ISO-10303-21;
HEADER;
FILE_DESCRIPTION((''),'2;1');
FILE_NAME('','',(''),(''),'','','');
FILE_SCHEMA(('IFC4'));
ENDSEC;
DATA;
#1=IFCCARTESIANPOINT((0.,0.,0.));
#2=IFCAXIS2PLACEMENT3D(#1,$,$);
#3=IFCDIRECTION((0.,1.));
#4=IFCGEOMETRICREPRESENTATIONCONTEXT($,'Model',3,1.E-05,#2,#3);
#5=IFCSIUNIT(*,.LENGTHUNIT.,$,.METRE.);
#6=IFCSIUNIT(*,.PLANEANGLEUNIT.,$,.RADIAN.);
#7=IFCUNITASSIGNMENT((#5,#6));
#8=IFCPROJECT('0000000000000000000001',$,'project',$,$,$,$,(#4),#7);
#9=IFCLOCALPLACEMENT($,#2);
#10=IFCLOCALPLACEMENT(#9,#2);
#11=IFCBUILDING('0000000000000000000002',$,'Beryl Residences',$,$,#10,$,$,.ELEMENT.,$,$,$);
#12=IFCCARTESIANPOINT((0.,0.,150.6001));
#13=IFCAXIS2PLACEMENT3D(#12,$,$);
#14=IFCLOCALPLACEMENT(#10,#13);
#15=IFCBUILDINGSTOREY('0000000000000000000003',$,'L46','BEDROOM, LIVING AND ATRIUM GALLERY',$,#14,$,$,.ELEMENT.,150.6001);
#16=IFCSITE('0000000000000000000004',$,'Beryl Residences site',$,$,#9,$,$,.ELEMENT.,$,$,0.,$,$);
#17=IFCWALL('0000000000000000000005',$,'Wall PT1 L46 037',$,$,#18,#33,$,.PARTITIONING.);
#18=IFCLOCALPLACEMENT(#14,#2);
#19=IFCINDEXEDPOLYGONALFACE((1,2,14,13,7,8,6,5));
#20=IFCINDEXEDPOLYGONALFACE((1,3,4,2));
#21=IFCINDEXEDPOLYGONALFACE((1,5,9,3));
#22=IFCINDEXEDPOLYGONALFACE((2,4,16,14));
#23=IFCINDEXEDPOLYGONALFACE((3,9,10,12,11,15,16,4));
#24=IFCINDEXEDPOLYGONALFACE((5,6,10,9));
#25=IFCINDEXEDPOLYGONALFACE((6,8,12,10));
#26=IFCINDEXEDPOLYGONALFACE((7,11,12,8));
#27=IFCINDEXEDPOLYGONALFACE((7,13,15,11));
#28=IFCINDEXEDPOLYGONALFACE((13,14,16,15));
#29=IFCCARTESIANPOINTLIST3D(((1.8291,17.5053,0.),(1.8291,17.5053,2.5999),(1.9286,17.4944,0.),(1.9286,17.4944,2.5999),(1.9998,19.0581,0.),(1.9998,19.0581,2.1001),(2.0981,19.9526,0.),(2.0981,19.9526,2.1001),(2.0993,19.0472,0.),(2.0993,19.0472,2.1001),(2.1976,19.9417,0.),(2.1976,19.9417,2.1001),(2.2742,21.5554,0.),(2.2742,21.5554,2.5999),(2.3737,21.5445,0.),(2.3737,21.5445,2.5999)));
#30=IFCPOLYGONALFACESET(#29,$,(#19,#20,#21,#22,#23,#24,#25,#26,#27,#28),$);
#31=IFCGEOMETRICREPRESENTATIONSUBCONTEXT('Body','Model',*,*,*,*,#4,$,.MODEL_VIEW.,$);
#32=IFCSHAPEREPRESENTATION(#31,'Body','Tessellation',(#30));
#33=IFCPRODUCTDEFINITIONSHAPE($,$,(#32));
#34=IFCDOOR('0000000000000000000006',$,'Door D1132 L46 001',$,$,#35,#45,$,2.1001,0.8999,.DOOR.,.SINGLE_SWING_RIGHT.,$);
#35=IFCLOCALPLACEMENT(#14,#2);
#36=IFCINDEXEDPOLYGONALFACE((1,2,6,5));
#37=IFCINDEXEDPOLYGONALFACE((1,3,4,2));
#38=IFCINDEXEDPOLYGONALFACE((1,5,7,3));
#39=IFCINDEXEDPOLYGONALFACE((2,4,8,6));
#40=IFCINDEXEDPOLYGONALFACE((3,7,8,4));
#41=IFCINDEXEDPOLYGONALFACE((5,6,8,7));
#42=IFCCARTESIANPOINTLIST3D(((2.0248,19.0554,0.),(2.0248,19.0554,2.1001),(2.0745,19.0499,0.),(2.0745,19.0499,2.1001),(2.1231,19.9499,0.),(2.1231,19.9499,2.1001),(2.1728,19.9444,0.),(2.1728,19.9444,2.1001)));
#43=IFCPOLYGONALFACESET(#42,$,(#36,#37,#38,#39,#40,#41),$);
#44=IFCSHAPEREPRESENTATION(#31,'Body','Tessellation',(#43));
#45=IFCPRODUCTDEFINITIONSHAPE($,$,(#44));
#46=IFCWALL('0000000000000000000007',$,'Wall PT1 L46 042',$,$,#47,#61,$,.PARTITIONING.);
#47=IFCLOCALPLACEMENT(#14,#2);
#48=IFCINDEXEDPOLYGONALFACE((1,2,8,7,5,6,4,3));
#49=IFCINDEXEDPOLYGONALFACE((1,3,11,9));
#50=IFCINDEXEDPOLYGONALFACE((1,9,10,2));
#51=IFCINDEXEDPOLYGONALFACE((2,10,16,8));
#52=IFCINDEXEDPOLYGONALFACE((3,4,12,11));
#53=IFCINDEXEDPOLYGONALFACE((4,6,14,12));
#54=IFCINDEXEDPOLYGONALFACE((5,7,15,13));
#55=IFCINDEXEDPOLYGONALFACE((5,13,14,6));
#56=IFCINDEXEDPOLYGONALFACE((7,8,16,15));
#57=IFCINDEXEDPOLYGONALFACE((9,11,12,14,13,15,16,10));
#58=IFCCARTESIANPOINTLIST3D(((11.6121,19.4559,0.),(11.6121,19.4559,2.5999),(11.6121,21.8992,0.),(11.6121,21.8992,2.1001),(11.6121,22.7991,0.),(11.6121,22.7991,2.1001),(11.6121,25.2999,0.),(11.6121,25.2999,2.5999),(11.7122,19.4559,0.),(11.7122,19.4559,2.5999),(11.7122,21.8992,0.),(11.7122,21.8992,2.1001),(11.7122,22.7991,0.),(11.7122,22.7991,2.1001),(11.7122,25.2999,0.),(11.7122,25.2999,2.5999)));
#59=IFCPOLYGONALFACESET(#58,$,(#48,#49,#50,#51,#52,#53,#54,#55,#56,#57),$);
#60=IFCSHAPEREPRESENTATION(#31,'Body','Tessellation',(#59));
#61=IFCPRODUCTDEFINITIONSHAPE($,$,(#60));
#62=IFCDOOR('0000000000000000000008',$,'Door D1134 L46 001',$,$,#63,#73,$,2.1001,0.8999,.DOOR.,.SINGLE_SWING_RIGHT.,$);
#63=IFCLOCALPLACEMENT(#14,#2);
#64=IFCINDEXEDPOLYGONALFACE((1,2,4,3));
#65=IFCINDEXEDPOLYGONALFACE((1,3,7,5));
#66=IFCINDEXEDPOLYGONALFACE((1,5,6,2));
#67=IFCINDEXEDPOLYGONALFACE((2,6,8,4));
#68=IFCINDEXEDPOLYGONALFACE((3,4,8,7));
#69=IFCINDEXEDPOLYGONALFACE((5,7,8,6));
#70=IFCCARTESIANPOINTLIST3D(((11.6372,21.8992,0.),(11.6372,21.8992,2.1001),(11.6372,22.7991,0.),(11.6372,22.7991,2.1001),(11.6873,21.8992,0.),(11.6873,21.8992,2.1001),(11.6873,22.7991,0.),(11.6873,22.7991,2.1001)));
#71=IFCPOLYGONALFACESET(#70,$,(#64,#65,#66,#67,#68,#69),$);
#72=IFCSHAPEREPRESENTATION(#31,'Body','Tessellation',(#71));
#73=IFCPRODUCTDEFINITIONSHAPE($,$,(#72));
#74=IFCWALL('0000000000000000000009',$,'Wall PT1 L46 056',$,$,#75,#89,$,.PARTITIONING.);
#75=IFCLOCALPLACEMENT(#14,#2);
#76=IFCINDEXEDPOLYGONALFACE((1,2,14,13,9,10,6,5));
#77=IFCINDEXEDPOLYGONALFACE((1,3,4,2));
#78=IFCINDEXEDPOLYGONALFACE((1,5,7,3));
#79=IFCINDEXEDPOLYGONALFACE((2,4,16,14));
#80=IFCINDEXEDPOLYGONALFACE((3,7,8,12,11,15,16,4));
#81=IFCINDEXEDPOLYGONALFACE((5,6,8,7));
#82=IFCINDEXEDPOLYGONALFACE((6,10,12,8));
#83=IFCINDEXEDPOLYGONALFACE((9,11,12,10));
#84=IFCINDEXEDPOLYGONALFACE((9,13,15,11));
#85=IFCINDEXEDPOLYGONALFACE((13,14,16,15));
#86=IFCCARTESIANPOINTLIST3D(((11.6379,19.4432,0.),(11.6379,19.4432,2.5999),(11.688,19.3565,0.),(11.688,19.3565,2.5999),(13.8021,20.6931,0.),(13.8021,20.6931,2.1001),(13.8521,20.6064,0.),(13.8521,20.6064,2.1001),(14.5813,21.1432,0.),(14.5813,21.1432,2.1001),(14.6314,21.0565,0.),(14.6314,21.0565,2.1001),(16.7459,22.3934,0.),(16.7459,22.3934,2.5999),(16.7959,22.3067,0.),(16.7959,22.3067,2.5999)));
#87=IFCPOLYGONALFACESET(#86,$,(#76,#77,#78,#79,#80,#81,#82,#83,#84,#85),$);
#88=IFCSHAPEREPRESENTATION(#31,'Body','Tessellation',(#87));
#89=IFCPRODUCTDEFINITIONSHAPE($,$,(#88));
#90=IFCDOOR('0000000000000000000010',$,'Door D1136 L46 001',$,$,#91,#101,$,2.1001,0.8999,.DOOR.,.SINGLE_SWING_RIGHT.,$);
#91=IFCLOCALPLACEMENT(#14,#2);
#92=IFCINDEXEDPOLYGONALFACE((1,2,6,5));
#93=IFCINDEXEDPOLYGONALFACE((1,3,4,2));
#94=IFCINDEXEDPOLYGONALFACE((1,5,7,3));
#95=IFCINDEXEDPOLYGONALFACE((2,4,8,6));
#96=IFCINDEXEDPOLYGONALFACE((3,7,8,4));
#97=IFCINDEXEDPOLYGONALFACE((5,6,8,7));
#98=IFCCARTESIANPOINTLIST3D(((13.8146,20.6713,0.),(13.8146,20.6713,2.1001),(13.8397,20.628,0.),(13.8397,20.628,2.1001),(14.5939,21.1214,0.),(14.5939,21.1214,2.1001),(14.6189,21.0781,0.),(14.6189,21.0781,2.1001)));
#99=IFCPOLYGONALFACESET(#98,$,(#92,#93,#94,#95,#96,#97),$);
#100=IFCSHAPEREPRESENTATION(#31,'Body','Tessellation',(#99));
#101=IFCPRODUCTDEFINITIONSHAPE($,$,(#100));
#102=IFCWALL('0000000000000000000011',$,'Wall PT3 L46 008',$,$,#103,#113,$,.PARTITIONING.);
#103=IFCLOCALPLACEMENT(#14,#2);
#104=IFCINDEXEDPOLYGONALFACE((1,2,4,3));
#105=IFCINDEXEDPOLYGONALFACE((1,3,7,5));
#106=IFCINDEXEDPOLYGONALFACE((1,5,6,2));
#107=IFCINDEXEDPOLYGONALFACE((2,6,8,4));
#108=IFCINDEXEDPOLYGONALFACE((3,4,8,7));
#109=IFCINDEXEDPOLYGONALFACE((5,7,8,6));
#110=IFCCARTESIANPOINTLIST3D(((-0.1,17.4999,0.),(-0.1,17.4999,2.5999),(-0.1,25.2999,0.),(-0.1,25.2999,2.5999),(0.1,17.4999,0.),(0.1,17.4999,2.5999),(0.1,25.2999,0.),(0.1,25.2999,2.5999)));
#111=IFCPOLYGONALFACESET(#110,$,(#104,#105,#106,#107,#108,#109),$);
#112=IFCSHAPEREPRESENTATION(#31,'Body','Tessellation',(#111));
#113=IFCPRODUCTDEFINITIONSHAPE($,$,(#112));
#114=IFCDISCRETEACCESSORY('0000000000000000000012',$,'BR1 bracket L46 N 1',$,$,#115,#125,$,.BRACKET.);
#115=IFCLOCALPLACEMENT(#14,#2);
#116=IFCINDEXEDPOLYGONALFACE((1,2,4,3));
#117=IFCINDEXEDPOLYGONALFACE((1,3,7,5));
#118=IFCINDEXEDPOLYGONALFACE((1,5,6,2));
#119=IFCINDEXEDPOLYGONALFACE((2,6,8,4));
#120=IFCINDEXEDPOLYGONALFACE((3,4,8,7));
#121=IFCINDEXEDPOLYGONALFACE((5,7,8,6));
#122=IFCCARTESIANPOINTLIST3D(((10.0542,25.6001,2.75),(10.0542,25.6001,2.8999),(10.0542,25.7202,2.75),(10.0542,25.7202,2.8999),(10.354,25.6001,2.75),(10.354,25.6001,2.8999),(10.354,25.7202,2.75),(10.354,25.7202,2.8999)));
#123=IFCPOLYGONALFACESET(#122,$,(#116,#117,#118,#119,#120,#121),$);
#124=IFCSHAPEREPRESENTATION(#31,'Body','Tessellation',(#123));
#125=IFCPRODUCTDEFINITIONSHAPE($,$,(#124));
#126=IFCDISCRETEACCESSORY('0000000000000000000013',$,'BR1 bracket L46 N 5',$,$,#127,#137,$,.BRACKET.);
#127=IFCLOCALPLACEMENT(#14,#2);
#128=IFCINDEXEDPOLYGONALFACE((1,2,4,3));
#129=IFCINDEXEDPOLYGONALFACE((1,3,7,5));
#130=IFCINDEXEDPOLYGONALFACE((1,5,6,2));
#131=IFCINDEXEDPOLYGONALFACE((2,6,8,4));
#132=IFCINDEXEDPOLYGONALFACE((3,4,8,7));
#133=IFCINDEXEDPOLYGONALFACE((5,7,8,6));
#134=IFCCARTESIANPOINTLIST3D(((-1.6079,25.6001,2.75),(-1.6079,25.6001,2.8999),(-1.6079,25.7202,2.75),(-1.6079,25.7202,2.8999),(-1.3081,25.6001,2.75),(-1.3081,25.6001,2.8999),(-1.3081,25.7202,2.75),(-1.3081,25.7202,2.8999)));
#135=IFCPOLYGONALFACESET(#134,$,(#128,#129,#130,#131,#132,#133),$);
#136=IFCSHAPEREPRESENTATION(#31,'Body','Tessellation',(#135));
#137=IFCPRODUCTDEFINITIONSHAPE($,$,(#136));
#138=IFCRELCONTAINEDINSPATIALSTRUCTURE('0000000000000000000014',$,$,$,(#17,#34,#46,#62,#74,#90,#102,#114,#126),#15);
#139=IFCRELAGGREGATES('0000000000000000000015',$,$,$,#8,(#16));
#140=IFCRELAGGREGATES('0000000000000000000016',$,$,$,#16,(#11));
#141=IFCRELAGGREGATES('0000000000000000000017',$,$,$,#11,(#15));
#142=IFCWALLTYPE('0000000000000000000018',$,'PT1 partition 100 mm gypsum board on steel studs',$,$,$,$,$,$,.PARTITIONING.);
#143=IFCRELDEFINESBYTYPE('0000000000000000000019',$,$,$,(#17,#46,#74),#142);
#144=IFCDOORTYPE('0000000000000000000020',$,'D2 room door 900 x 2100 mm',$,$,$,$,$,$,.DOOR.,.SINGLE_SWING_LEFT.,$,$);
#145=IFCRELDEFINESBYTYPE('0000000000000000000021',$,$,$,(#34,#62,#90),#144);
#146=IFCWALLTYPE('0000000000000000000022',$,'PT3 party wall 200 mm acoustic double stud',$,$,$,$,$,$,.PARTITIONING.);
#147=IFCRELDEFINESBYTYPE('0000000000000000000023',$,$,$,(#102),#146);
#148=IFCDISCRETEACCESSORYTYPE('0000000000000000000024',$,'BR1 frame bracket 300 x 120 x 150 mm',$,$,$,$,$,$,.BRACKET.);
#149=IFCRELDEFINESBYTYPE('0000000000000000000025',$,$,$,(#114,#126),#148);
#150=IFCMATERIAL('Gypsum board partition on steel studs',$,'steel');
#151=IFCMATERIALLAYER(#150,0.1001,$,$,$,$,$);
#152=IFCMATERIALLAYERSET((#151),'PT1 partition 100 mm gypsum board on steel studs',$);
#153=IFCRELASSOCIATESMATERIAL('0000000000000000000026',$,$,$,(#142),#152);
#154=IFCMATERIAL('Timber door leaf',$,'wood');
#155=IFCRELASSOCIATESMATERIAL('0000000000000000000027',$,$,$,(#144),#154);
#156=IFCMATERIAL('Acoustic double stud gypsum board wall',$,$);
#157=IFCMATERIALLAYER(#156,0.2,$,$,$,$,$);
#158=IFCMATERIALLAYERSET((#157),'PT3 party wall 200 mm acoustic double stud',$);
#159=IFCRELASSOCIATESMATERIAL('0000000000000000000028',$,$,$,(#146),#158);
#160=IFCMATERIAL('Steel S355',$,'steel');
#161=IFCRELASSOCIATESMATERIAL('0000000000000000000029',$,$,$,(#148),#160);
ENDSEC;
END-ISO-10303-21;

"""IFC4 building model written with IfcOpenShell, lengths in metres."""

from ifc_helpers import new_model, si_unit, direction, frame, frame_2d, origin, place, context, subcontext, project, spatial, polyline, rectangle, outline, extrude, source, transform, mapped, material, layer, layer_set, type_object, type_shapes, element, fill, save


model = new_model("IFC4")

# Units and contexts
model_context = context("Model", 3, precision=1e-05, world=origin(), true_north=direction((0.0, 1.0)))
body_context = subcontext(model_context, "Body", "Model", "MODEL_VIEW")
ifc_project = project(units=[si_unit("LENGTHUNIT", "METRE"), si_unit("PLANEANGLEUNIT", "RADIAN")], contexts=[model_context])

# Site, building, storey
site_placement = place(None, origin())
site = spatial("IfcSite", under=ifc_project, at=site_placement, Name="Beryl Residences site", CompositionType="ELEMENT", RefElevation=0.0)
building_placement = place(site_placement, origin())
building = spatial("IfcBuilding", under=site, at=building_placement, Name="Beryl Residences", CompositionType="ELEMENT")
storey_placement = place(building_placement, frame((0.0, 0.0, 150.6001)))
storey = spatial("IfcBuildingStorey", under=building, at=storey_placement, Name="L46", Description="BEDROOM, LIVING AND ATRIUM GALLERY", CompositionType="ELEMENT", Elevation=150.6001)

# Shared definitions
ifc_material_1 = material(Name="Gypsum board partition on steel studs", Category="steel")
ifc_layer_1 = layer(ifc_material_1, 0.1001)
ifc_layer_set_1 = layer_set([ifc_layer_1], Name="PT1 partition 100 mm gypsum board on steel studs")
wall_type_1 = type_object("IfcWallType", Name="PT1 partition 100 mm gypsum board on steel studs", PredefinedType="PARTITIONING", material=ifc_layer_set_1)

# Walls, openings, doors
ifc_material_2 = material(Name="Timber door leaf", Category="wood")
door_type_1 = type_object("IfcDoorType", Name="D2 room door 900 x 2100 mm", OperationType="SINGLE_SWING_LEFT", PredefinedType="DOOR", material=ifc_material_2)
wall_1_placement = place(storey_placement, frame((1.8789, 17.5, 0.0), z_axis=(0.0, 0.0, 1.0), x_axis=(0.109235, 0.994016, 0.0)))
wall_1 = element("IfcWall", 1, at=wall_1_placement, inside=storey, type_object=wall_type_1, Name="Wall PT1 L46 037", PredefinedType="PARTITIONING", context=body_context, shape_type="SweptSolid", body=[
    extrude(rectangle(XDim=4.0745, YDim=0.1001, at=frame_2d((2.0371, 0.0))), origin(), (0.0, 0.0, 1.0), 2.5999),
])
opening_1_placement = place(wall_1_placement, frame((1.562, 0.0, 0.0)))
opening_1 = element("IfcOpeningElement", 2, at=opening_1_placement, cuts=wall_1, PredefinedType="OPENING", context=body_context, shape_type="SweptSolid", body=[
    extrude(rectangle(XDim=0.8999, YDim=2.1001, at=frame_2d((0.45, 1.05))), frame((0.0, 0.0601, 0.0), z_axis=(0.0, -1.0, 0.0), x_axis=(1.0, 0.0, 0.0)), (0.0, 0.0, 1.0), 0.1201),
])
door_1_placement = place(opening_1_placement, origin())
door_1 = element("IfcDoor", 3, at=door_1_placement, inside=storey, type_object=door_type_1, Name="Door D1132 L46 001", OperationType="SINGLE_SWING_RIGHT", OverallHeight=2.1001, OverallWidth=0.8999, PredefinedType="DOOR", context=body_context, shape_type="SweptSolid", body=[
    extrude(rectangle(XDim=0.8999, YDim=2.1001, at=frame_2d((0.45, 1.05))), frame((0.0, 0.0249, 0.0), z_axis=(0.0, -1.0, 0.0), x_axis=(1.0, 0.0, 0.0)), (0.0, 0.0, 1.0), 0.05),
])
fill(opening_1, door_1)
wall_2_placement = place(storey_placement, frame((11.6621, 19.4561, 0.0), z_axis=(0.0, 0.0, 1.0), x_axis=(0.0, 1.0, 0.0)))
wall_2 = element("IfcWall", 4, at=wall_2_placement, inside=storey, type_object=wall_type_1, Name="Wall PT1 L46 042", PredefinedType="PARTITIONING", context=body_context, shape_type="SweptSolid", body=[
    extrude(rectangle(XDim=5.844, YDim=0.1001, at=frame_2d((2.9219, 0.0))), origin(), (0.0, 0.0, 1.0), 2.5999),
])
opening_2_placement = place(wall_2_placement, frame((2.4431, 0.0, 0.0)))
opening_2 = element("IfcOpeningElement", 5, at=opening_2_placement, cuts=wall_2, PredefinedType="OPENING", context=body_context, shape_type="SweptSolid", body=[
    extrude(rectangle(XDim=0.8999, YDim=2.1001, at=frame_2d((0.45, 1.05))), frame((0.0, 0.0601, 0.0), z_axis=(0.0, -1.0, 0.0), x_axis=(1.0, 0.0, 0.0)), (0.0, 0.0, 1.0), 0.1201),
])
door_2_placement = place(opening_2_placement, origin())
door_2 = element("IfcDoor", 6, at=door_2_placement, inside=storey, type_object=door_type_1, Name="Door D1134 L46 001", OperationType="SINGLE_SWING_RIGHT", OverallHeight=2.1001, OverallWidth=0.8999, PredefinedType="DOOR", context=body_context, shape_type="SweptSolid", body=[
    extrude(rectangle(XDim=0.8999, YDim=2.1001, at=frame_2d((0.45, 1.05))), frame((0.0, 0.0249, 0.0), z_axis=(0.0, -1.0, 0.0), x_axis=(1.0, 0.0, 0.0)), (0.0, 0.0, 1.0), 0.05),
])
fill(opening_2, door_2)
wall_3_placement = place(storey_placement, frame((11.6631, 19.3999, 0.0), z_axis=(0.0, 0.0, 1.0), x_axis=(0.865942, 0.500145, 0.0)))
wall_3 = element("IfcWall", 7, at=wall_3_placement, inside=storey, type_object=wall_type_1, Name="Wall PT1 L46 056", PredefinedType="PARTITIONING", context=body_context, shape_type="SweptSolid", body=[
    extrude(rectangle(XDim=5.8987, YDim=0.1001, at=frame_2d((2.9492, 0.0))), origin(), (0.0, 0.0, 1.0), 2.5999),
])
opening_3_placement = place(wall_3_placement, frame((2.499, 0.0, 0.0)))
opening_3 = element("IfcOpeningElement", 8, at=opening_3_placement, cuts=wall_3, PredefinedType="OPENING", context=body_context, shape_type="SweptSolid", body=[
    extrude(rectangle(XDim=0.8999, YDim=2.1001, at=frame_2d((0.45, 1.05))), frame((0.0, 0.0601, 0.0), z_axis=(0.0, -1.0, 0.0), x_axis=(1.0, 0.0, 0.0)), (0.0, 0.0, 1.0), 0.1201),
])
door_3_placement = place(opening_3_placement, origin())
door_3 = element("IfcDoor", 9, at=door_3_placement, inside=storey, type_object=door_type_1, Name="Door D1136 L46 001", OperationType="SINGLE_SWING_RIGHT", OverallHeight=2.1001, OverallWidth=0.8999, PredefinedType="DOOR", context=body_context, shape_type="SweptSolid", body=[
    extrude(rectangle(XDim=0.8999, YDim=2.1001, at=frame_2d((0.45, 1.05))), frame((0.0, 0.0249, 0.0), z_axis=(0.0, -1.0, 0.0), x_axis=(1.0, 0.0, 0.0)), (0.0, 0.0, 1.0), 0.05),
])
fill(opening_3, door_3)

# Wall
ifc_material_3 = material(Name="Acoustic double stud gypsum board wall")
ifc_layer_2 = layer(ifc_material_3, 0.2)
ifc_layer_set_2 = layer_set([ifc_layer_2], Name="PT3 party wall 200 mm acoustic double stud")
wall_type_2 = type_object("IfcWallType", Name="PT3 party wall 200 mm acoustic double stud", PredefinedType="PARTITIONING", material=ifc_layer_set_2)
wall_4_placement = place(storey_placement, frame((0.0, 17.5, 0.0), z_axis=(0.0, 0.0, 1.0), x_axis=(0.0, 1.0, 0.0)))
element("IfcWall", 10, at=wall_4_placement, inside=storey, type_object=wall_type_2, Name="Wall PT3 L46 008", PredefinedType="PARTITIONING", context=body_context, shape_type="SweptSolid", body=[
    extrude(rectangle(XDim=7.8, YDim=0.2, at=frame_2d((3.8999, 0.0))), origin(), (0.0, 0.0, 1.0), 2.5999),
])

# Discrete accessories
ifc_material_4 = material(Name="Steel S355", Category="steel")
discrete_accessory_type = type_object("IfcDiscreteAccessoryType", Name="BR1 frame bracket 300 x 120 x 150 mm", PredefinedType="BRACKET", material=ifc_material_4)
shared_shape_1 = source(origin(), body_context, "Body", "SweptSolid", [
    extrude(outline(polyline([(-0.1499, 0.0), (0.1499, 0.0), (0.1499, 0.1201), (-0.1499, 0.1201), (-0.1499, 0.0)])), origin(), (0.0, 0.0, 1.0), 0.1499),
])
type_shapes(discrete_accessory_type, [shared_shape_1])
for number, where, z_axis, x_axis, name in (
    (11, (10.2041, 25.6001, 2.75), (0.0, 0.0, 1.0), (1.0, 0.0, 0.0), "BR1 bracket L46 N 1"),
    (12, (-1.458, 25.6001, 2.75), (0.0, 0.0, 1.0), (1.0, 0.0, 0.0), "BR1 bracket L46 N 5"),
):
    element("IfcDiscreteAccessory", number, at=place(storey_placement, frame(where, z_axis=z_axis, x_axis=x_axis)), inside=storey, type_object=discrete_accessory_type, Name=name, PredefinedType="BRACKET", context=body_context, shape_type="MappedRepresentation", body=[
        mapped(shared_shape_1, transform((0.0, 0.0, 0.0))),
    ])

save(model, "model.ifc")
